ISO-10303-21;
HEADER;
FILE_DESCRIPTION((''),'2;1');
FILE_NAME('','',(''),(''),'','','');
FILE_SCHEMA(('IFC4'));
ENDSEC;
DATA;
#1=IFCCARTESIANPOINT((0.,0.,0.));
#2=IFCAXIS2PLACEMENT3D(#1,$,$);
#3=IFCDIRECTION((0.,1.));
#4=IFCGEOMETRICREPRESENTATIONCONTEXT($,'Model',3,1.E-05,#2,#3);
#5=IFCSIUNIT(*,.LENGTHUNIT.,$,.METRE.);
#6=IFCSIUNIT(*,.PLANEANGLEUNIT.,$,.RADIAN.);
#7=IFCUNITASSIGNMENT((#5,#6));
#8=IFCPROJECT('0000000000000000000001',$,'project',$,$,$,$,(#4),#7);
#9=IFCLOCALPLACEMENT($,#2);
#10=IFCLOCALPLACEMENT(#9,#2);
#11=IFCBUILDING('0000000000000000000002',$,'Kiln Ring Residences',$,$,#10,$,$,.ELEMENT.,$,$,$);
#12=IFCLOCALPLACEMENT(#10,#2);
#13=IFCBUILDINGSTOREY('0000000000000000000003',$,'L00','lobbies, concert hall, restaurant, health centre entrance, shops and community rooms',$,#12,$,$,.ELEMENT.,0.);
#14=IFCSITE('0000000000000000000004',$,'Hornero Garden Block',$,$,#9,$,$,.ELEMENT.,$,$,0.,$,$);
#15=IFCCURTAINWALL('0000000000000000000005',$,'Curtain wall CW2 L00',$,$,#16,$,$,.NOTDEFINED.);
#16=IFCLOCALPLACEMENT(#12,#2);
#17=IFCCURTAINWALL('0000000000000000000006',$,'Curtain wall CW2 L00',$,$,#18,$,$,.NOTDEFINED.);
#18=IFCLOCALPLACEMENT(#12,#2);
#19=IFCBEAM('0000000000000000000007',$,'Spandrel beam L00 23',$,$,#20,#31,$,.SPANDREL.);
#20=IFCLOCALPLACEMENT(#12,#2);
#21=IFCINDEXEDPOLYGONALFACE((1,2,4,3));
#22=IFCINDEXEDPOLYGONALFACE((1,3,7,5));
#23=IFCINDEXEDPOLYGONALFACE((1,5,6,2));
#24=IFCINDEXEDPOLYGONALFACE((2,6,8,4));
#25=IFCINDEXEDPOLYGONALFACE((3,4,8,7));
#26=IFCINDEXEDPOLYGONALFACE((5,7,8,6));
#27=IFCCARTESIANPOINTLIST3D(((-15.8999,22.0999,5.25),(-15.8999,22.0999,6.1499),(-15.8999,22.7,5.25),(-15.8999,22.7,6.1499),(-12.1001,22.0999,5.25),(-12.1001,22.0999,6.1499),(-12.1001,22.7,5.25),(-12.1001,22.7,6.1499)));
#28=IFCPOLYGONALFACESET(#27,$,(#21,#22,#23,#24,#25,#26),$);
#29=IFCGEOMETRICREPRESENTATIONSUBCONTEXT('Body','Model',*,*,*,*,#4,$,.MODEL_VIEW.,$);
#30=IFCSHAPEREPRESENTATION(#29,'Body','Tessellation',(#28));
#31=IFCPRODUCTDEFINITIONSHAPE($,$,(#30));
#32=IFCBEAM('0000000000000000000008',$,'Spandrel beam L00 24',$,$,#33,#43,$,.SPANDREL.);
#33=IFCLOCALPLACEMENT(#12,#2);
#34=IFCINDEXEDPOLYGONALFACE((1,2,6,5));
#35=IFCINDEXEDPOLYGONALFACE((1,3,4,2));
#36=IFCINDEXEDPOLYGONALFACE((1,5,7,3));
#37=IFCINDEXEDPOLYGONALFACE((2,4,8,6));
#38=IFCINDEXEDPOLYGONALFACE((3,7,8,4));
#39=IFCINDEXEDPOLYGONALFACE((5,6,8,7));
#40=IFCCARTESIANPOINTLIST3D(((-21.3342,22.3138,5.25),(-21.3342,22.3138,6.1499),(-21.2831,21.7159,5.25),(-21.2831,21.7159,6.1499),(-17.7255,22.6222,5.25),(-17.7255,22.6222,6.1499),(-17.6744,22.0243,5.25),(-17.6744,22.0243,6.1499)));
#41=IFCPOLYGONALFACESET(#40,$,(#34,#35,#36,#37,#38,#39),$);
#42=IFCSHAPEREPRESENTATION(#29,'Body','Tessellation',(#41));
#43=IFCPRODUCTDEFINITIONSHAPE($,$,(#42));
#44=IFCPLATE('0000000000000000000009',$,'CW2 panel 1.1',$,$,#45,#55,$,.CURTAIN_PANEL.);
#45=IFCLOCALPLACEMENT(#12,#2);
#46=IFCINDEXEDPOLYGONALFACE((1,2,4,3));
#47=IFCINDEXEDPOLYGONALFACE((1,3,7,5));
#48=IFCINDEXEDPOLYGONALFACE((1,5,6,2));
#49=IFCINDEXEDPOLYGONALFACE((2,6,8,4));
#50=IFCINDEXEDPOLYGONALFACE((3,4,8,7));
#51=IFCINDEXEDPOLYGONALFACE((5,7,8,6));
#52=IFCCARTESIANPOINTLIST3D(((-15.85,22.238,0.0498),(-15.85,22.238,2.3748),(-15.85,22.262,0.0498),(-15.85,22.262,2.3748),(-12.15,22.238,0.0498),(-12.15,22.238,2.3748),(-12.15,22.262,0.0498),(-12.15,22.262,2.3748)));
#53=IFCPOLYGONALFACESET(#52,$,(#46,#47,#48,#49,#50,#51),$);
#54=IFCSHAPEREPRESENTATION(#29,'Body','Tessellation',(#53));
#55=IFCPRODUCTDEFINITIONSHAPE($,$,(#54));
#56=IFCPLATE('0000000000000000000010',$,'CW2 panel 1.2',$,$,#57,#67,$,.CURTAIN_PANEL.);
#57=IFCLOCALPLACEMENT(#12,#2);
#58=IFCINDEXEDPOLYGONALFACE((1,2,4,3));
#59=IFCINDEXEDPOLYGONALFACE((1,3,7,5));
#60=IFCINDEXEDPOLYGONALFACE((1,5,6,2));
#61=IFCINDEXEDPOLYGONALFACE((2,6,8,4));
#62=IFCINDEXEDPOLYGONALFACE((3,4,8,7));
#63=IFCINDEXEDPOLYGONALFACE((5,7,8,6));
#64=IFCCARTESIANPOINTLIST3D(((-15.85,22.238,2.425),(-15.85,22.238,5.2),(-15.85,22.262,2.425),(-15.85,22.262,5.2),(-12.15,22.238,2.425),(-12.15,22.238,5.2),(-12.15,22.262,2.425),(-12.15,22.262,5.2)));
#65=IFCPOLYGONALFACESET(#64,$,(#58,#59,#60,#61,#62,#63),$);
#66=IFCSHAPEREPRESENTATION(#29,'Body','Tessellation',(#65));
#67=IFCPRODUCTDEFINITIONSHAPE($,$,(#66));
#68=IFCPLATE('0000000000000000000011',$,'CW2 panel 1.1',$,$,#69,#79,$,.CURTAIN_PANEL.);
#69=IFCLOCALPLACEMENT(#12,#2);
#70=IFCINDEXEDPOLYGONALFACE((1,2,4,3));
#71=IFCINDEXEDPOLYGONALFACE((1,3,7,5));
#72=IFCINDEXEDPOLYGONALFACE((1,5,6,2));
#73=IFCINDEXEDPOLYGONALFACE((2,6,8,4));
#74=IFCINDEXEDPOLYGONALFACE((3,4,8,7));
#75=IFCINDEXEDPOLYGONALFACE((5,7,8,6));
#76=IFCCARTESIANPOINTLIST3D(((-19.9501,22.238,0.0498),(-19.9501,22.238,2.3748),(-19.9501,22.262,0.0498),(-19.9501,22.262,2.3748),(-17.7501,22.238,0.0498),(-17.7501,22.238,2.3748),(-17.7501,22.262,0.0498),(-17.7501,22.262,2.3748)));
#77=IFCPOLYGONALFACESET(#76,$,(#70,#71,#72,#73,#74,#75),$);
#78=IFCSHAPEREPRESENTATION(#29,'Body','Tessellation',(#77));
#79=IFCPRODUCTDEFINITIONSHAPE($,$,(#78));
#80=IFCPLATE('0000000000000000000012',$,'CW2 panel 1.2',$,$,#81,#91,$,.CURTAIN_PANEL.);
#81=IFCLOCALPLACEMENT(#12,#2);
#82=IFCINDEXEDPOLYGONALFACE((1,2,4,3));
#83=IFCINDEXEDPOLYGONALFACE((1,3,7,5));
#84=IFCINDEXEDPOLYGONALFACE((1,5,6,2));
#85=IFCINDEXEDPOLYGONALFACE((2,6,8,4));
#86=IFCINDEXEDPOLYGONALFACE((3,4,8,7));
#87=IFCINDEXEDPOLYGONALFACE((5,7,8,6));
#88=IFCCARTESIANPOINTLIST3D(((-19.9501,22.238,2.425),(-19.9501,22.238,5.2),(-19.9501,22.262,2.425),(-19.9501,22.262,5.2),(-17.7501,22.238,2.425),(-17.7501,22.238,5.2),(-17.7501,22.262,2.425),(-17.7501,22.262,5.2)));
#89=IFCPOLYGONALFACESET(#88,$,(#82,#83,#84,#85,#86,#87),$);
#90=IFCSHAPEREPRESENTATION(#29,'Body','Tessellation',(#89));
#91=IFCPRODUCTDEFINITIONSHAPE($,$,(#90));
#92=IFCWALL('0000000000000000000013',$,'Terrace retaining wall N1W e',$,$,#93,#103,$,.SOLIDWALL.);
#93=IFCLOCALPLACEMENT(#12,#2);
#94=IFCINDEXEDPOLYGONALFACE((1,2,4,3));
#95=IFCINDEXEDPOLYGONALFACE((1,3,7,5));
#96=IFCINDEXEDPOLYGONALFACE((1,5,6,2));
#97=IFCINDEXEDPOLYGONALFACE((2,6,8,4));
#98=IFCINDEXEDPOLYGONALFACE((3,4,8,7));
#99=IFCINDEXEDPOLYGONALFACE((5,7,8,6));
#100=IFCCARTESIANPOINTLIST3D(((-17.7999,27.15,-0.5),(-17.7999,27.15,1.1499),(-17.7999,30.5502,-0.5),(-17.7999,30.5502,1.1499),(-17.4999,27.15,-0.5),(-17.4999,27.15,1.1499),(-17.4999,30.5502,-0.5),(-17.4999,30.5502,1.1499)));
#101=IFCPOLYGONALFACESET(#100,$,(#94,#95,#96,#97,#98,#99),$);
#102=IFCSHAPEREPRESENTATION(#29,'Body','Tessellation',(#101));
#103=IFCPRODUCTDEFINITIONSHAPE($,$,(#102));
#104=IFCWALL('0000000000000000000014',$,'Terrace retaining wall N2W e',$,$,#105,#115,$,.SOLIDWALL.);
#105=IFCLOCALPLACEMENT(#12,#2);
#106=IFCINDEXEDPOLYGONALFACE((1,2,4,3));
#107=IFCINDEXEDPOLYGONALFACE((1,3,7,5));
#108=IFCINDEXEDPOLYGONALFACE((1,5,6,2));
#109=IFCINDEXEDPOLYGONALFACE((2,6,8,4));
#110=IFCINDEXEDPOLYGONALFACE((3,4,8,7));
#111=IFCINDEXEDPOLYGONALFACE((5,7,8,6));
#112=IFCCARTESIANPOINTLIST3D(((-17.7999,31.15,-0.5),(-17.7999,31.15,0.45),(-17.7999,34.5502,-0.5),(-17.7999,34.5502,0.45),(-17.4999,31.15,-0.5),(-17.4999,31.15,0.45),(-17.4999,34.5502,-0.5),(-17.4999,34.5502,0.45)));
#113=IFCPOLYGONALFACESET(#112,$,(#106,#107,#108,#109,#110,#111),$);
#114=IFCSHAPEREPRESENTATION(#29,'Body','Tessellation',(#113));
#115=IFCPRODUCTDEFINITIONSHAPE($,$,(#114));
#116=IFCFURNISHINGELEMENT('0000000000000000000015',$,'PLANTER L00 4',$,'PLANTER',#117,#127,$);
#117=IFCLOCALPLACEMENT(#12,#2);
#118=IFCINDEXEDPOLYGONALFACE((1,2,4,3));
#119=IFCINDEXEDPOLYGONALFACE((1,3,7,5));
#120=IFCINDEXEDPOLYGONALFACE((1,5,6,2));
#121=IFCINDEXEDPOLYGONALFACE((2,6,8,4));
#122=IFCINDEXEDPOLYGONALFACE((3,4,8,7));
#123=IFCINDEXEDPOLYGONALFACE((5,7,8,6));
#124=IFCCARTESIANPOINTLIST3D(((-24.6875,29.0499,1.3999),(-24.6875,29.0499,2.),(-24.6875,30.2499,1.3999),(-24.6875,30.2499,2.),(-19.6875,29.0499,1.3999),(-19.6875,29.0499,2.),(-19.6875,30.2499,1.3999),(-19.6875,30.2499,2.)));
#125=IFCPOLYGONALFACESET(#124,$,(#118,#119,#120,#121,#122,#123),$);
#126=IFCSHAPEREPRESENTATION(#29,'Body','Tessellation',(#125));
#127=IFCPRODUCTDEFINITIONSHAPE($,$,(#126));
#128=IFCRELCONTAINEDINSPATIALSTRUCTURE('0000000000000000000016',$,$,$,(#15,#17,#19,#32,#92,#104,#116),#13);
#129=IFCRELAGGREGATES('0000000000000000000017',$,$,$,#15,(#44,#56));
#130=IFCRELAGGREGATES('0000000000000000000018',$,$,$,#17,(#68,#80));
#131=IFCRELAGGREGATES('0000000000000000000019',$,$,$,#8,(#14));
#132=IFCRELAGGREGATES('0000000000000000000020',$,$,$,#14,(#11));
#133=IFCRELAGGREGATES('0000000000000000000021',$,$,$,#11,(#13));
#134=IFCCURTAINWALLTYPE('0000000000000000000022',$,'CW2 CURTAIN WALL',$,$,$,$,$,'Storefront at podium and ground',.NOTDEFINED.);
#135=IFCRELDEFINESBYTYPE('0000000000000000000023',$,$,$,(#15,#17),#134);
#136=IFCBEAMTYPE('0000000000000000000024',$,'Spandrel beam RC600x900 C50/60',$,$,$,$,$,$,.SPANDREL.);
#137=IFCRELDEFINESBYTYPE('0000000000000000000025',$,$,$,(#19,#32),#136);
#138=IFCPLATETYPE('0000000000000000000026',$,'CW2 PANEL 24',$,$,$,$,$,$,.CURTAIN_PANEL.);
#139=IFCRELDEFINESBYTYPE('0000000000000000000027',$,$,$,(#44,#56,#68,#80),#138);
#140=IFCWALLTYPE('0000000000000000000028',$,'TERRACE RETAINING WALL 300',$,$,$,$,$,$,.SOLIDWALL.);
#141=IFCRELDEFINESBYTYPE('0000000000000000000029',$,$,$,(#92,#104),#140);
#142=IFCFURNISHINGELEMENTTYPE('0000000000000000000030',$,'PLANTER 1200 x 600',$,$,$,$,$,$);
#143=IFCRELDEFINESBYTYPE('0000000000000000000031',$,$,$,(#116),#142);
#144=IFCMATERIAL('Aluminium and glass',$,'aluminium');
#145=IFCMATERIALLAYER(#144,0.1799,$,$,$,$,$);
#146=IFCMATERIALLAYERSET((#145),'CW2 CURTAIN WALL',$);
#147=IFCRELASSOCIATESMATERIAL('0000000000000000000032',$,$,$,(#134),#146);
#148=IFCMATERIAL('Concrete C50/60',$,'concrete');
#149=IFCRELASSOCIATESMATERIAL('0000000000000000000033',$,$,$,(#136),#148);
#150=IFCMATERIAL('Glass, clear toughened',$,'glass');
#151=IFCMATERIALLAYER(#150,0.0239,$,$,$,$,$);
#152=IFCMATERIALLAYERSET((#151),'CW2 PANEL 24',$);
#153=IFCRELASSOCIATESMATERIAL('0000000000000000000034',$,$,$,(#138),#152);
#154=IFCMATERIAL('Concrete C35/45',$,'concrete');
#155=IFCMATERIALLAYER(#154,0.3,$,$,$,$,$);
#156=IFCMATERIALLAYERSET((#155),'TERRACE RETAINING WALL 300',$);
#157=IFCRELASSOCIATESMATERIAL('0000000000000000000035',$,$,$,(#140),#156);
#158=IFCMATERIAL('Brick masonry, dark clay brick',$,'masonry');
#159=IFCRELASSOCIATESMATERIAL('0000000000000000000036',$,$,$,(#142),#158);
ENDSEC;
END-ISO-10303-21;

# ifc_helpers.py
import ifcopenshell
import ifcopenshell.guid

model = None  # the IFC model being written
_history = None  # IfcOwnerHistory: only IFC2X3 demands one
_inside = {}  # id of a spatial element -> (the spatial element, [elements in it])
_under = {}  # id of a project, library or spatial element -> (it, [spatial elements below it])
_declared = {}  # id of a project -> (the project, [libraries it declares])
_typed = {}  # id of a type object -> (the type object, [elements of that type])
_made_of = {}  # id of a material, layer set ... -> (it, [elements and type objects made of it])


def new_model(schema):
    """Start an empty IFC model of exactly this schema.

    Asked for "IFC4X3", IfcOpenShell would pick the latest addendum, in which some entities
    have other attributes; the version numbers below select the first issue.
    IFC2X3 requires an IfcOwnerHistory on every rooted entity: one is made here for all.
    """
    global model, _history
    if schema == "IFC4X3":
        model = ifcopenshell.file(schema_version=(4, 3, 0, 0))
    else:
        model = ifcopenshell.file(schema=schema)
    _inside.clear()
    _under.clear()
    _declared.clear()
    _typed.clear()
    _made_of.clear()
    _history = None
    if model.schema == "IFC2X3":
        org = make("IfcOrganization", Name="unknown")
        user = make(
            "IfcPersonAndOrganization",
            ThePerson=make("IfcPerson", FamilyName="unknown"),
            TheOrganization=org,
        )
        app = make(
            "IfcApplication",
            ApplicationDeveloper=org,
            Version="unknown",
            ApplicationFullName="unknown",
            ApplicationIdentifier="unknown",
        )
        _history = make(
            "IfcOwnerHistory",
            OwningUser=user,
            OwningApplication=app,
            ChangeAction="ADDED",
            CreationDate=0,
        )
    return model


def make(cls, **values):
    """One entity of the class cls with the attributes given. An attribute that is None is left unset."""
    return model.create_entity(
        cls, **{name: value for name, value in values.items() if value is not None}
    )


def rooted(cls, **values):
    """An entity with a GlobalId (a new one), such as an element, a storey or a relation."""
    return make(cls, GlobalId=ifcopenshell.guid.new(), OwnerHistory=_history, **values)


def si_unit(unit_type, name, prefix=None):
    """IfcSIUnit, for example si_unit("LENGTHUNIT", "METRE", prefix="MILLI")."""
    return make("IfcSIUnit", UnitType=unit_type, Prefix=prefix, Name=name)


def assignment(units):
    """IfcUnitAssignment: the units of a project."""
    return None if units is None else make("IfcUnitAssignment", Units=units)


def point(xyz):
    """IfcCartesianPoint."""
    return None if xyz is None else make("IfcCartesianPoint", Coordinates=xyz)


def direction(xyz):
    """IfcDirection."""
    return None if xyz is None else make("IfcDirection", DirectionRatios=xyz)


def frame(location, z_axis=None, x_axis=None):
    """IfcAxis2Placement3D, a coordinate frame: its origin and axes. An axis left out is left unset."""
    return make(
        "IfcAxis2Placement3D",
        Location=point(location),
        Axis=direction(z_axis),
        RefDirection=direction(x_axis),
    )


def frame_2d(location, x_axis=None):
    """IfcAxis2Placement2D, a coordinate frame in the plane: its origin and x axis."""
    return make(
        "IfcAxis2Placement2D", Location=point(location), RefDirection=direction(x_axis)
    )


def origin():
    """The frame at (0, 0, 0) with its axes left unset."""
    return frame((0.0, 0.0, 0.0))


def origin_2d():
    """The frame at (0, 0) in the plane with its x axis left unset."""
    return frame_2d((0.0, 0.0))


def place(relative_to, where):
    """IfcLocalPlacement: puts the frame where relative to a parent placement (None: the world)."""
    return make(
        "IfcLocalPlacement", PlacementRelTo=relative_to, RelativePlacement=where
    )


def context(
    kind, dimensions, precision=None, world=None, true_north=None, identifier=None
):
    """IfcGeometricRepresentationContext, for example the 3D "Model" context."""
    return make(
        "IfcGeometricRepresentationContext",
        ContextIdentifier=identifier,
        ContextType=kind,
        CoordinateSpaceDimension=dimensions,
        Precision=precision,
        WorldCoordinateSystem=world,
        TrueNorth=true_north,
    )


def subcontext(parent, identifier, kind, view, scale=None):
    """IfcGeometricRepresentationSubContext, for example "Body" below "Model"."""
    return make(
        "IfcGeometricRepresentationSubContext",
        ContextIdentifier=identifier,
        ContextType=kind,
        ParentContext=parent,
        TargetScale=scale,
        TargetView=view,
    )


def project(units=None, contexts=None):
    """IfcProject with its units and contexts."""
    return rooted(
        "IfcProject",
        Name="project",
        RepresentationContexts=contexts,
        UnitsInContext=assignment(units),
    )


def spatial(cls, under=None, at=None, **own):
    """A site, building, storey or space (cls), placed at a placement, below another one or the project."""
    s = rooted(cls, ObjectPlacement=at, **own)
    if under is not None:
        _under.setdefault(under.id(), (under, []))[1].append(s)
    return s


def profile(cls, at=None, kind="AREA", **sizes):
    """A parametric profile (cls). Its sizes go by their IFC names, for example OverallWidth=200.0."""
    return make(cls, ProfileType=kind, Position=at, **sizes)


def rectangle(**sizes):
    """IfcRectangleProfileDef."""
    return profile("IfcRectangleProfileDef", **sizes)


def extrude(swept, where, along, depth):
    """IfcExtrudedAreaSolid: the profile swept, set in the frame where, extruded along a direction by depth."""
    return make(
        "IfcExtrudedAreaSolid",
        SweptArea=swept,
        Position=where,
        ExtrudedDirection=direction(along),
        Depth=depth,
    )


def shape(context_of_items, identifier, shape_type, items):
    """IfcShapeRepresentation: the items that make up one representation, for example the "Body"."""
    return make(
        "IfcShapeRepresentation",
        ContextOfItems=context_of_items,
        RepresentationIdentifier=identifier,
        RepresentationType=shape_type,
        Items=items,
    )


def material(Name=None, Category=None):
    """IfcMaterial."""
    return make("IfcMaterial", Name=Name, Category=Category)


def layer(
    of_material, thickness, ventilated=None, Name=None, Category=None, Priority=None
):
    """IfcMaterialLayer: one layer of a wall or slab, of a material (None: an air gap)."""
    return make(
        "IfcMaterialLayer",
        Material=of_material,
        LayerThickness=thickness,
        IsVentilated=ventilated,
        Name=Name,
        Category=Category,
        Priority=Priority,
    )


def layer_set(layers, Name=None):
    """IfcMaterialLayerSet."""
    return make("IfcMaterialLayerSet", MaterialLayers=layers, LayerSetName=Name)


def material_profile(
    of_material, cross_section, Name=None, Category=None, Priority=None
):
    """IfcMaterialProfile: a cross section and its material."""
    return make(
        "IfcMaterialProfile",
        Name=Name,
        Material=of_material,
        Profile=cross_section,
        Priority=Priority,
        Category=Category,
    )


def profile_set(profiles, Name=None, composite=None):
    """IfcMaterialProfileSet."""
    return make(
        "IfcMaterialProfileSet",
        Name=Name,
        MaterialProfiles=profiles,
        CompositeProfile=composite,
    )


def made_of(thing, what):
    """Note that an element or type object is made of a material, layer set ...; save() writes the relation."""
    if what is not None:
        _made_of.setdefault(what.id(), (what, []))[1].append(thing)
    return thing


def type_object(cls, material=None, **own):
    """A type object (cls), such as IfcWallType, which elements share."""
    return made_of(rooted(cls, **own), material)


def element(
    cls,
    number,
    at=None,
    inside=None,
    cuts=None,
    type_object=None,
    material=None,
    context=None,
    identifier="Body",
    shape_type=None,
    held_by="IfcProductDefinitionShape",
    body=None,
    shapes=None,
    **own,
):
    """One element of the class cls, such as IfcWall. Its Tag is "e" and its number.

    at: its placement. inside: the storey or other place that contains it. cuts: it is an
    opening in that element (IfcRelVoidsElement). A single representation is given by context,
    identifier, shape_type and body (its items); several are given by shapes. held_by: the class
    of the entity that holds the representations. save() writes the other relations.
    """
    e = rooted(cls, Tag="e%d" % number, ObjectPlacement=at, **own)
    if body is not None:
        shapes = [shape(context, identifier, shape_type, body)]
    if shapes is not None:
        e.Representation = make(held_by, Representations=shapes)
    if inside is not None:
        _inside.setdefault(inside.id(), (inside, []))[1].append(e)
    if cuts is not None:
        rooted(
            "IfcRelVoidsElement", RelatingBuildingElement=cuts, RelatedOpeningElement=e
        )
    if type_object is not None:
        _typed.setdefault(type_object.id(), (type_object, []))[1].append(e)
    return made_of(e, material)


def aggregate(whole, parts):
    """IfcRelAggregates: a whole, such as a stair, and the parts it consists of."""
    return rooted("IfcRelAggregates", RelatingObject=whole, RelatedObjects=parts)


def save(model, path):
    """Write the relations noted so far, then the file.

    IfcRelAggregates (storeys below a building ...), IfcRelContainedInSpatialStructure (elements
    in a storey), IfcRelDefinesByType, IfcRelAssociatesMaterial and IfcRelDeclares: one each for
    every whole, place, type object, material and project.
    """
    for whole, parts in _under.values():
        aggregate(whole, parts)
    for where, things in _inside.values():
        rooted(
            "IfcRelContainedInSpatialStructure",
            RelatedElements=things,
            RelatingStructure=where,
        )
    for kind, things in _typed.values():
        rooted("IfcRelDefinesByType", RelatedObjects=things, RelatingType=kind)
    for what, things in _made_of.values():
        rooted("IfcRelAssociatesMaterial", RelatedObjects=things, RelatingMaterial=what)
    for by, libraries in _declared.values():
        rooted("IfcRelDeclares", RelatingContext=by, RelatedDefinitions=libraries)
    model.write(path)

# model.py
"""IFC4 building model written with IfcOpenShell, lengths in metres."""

from ifc_helpers import new_model, si_unit, direction, frame, frame_2d, origin, origin_2d, place, context, subcontext, project, spatial, rectangle, extrude, material, layer, layer_set, material_profile, profile_set, type_object, element, aggregate, save


model = new_model("IFC4")

# Units and contexts
model_context = context("Model", 3, precision=1e-05, world=origin(), true_north=direction((0.0, 1.0)))
body_context = subcontext(model_context, "Body", "Model", "MODEL_VIEW")
ifc_project = project(units=[si_unit("LENGTHUNIT", "METRE"), si_unit("PLANEANGLEUNIT", "RADIAN")], contexts=[model_context])

# Site, building, storey
site_placement = place(None, origin())
site = spatial("IfcSite", under=ifc_project, at=site_placement, Name="Hornero Garden Block", CompositionType="ELEMENT", RefElevation=0.0)
building_placement = place(site_placement, origin())
building = spatial("IfcBuilding", under=site, at=building_placement, Name="Kiln Ring Residences", CompositionType="ELEMENT")
storey_placement = place(building_placement, origin())
storey = spatial("IfcBuildingStorey", under=building, at=storey_placement, Name="L00", Description="lobbies, concert hall, restaurant, health centre entrance, shops and community rooms", CompositionType="ELEMENT", Elevation=0.0)

# Curtain walls
ifc_material_1 = material(Name="Aluminium and glass", Category="aluminium")
ifc_layer_1 = layer(ifc_material_1, 0.1799)
ifc_layer_set_1 = layer_set([ifc_layer_1], Name="CW2 CURTAIN WALL")
curtain_wall_type = type_object("IfcCurtainWallType", Name="CW2 CURTAIN WALL", ElementType="Storefront at podium and ground", PredefinedType="NOTDEFINED", material=ifc_layer_set_1)
placement = place(storey_placement, origin())
curtain_wall_1 = element("IfcCurtainWall", 1, at=placement, inside=storey, type_object=curtain_wall_type, Name="Curtain wall CW2 L00", PredefinedType="NOTDEFINED")
curtain_wall_2 = element("IfcCurtainWall", 2, at=placement, inside=storey, type_object=curtain_wall_type, Name="Curtain wall CW2 L00", PredefinedType="NOTDEFINED")

# Beams
ifc_material_2 = material(Name="Concrete C50/60", Category="concrete")
ifc_material_profile_1 = material_profile(ifc_material_2, rectangle(XDim=0.6001, YDim=0.8999, at=origin_2d()), Name="RC600x900")
ifc_profile_set_1 = profile_set([ifc_material_profile_1], Name="Concrete C50/60")
beam_type = type_object("IfcBeamType", Name="Spandrel beam RC600x900 C50/60", PredefinedType="SPANDREL", material=ifc_profile_set_1)
beam_1_placement = place(storey_placement, frame((-12.1001, 22.3999, 5.7), z_axis=(-1.0, 0.0, 0.0), x_axis=(0.0, -1.0, 0.0)))
element("IfcBeam", 3, at=beam_1_placement, inside=storey, type_object=beam_type, Name="Spandrel beam L00 23", PredefinedType="SPANDREL", context=body_context, shape_type="SweptSolid", body=[
    extrude(rectangle(XDim=0.6001, YDim=0.8999, at=origin_2d()), origin(), (0.0, 0.0, 1.0), 3.7998),
])
beam_2_placement = place(storey_placement, frame((-17.7, 22.3232, 5.7), z_axis=(-0.996369, -0.085137, 0.0), x_axis=(0.085137, -0.996369, 0.0)))
element("IfcBeam", 4, at=beam_2_placement, inside=storey, type_object=beam_type, Name="Spandrel beam L00 24", PredefinedType="SPANDREL", context=body_context, shape_type="SweptSolid", body=[
    extrude(rectangle(XDim=0.6001, YDim=0.8999, at=origin_2d()), origin(), (0.0, 0.0, 1.0), 3.6218),
])

# Plates
ifc_material_3 = material(Name="Glass, clear toughened", Category="glass")
ifc_layer_2 = layer(ifc_material_3, 0.0239)
ifc_layer_set_2 = layer_set([ifc_layer_2], Name="CW2 PANEL 24")
plate_type = type_object("IfcPlateType", Name="CW2 PANEL 24", PredefinedType="CURTAIN_PANEL", material=ifc_layer_set_2)
plate_1_placement = place(storey_placement, frame((-14.0, 22.25, 0.0498), z_axis=(0.0, 0.0, 1.0), x_axis=(-1.0, 0.0, 0.0)))
plate_1 = element("IfcPlate", 5, at=plate_1_placement, type_object=plate_type, Name="CW2 panel 1.1", PredefinedType="CURTAIN_PANEL", context=body_context, shape_type="SweptSolid", body=[
    extrude(rectangle(XDim=3.7, YDim=0.0239, at=origin_2d()), origin(), (0.0, 0.0, 1.0), 2.325),
])
plate_2_placement = place(storey_placement, frame((-14.0, 22.25, 2.425), z_axis=(0.0, 0.0, 1.0), x_axis=(-1.0, 0.0, 0.0)))
plate_2 = element("IfcPlate", 6, at=plate_2_placement, type_object=plate_type, Name="CW2 panel 1.2", PredefinedType="CURTAIN_PANEL", context=body_context, shape_type="SweptSolid", body=[
    extrude(rectangle(XDim=3.7, YDim=0.0239, at=origin_2d()), origin(), (0.0, 0.0, 1.0), 2.7749),
])
aggregate(curtain_wall_1, [plate_1, plate_2])
plate_3_placement = place(storey_placement, frame((-18.8501, 22.25, 0.0498), z_axis=(0.0, 0.0, 1.0), x_axis=(-1.0, 0.0, 0.0)))
plate_3 = element("IfcPlate", 7, at=plate_3_placement, type_object=plate_type, Name="CW2 panel 1.1", PredefinedType="CURTAIN_PANEL", context=body_context, shape_type="SweptSolid", body=[
    extrude(rectangle(XDim=2.2, YDim=0.0239, at=origin_2d()), origin(), (0.0, 0.0, 1.0), 2.325),
])
plate_4_placement = place(storey_placement, frame((-18.8501, 22.25, 2.425), z_axis=(0.0, 0.0, 1.0), x_axis=(-1.0, 0.0, 0.0)))
plate_4 = element("IfcPlate", 8, at=plate_4_placement, type_object=plate_type, Name="CW2 panel 1.2", PredefinedType="CURTAIN_PANEL", context=body_context, shape_type="SweptSolid", body=[
    extrude(rectangle(XDim=2.2, YDim=0.0239, at=origin_2d()), origin(), (0.0, 0.0, 1.0), 2.7749),
])
aggregate(curtain_wall_2, [plate_3, plate_4])

# Walls
ifc_material_4 = material(Name="Concrete C35/45", Category="concrete")
ifc_layer_3 = layer(ifc_material_4, 0.3)
ifc_layer_set_3 = layer_set([ifc_layer_3], Name="TERRACE RETAINING WALL 300")
wall_type_1 = type_object("IfcWallType", Name="TERRACE RETAINING WALL 300", PredefinedType="SOLIDWALL", material=ifc_layer_set_3)
wall_1_placement = place(storey_placement, frame((-17.6499, 27.1499, -0.5), z_axis=(0.0, 0.0, 1.0), x_axis=(0.0, 1.0, 0.0)))
element("IfcWall", 9, at=wall_1_placement, inside=storey, type_object=wall_type_1, Name="Terrace retaining wall N1W e", PredefinedType="SOLIDWALL", context=body_context, shape_type="SweptSolid", body=[
    extrude(rectangle(XDim=3.4001, YDim=0.3, at=frame_2d((1.7002, 0.0))), origin(), (0.0, 0.0, 1.0), 1.6499),
])
wall_2_placement = place(storey_placement, frame((-17.6499, 31.1499, -0.5), z_axis=(0.0, 0.0, 1.0), x_axis=(0.0, 1.0, 0.0)))
element("IfcWall", 10, at=wall_2_placement, inside=storey, type_object=wall_type_1, Name="Terrace retaining wall N2W e", PredefinedType="SOLIDWALL", context=body_context, shape_type="SweptSolid", body=[
    extrude(rectangle(XDim=3.4001, YDim=0.3, at=frame_2d((1.7002, 0.0))), origin(), (0.0, 0.0, 1.0), 0.95),
])

# Furnishing element
ifc_material_5 = material(Name="Brick masonry, dark clay brick", Category="masonry")
furnishing_element_type = type_object("IfcFurnishingElementType", Name="PLANTER 1200 x 600", material=ifc_material_5)
furnishing_placement = place(storey_placement, frame((-22.1875, 29.6499, 1.3999), z_axis=(0.0, 0.0, 1.0), x_axis=(1.0, 0.0, 0.0)))
element("IfcFurnishingElement", 11, at=furnishing_placement, inside=storey, type_object=furnishing_element_type, Name="PLANTER L00 4", ObjectType="PLANTER", context=body_context, shape_type="SweptSolid", body=[
    extrude(rectangle(XDim=5.0, YDim=1.2, at=origin_2d()), origin(), (0.0, 0.0, 1.0), 0.6001),
])

save(model, "model.ifc")
